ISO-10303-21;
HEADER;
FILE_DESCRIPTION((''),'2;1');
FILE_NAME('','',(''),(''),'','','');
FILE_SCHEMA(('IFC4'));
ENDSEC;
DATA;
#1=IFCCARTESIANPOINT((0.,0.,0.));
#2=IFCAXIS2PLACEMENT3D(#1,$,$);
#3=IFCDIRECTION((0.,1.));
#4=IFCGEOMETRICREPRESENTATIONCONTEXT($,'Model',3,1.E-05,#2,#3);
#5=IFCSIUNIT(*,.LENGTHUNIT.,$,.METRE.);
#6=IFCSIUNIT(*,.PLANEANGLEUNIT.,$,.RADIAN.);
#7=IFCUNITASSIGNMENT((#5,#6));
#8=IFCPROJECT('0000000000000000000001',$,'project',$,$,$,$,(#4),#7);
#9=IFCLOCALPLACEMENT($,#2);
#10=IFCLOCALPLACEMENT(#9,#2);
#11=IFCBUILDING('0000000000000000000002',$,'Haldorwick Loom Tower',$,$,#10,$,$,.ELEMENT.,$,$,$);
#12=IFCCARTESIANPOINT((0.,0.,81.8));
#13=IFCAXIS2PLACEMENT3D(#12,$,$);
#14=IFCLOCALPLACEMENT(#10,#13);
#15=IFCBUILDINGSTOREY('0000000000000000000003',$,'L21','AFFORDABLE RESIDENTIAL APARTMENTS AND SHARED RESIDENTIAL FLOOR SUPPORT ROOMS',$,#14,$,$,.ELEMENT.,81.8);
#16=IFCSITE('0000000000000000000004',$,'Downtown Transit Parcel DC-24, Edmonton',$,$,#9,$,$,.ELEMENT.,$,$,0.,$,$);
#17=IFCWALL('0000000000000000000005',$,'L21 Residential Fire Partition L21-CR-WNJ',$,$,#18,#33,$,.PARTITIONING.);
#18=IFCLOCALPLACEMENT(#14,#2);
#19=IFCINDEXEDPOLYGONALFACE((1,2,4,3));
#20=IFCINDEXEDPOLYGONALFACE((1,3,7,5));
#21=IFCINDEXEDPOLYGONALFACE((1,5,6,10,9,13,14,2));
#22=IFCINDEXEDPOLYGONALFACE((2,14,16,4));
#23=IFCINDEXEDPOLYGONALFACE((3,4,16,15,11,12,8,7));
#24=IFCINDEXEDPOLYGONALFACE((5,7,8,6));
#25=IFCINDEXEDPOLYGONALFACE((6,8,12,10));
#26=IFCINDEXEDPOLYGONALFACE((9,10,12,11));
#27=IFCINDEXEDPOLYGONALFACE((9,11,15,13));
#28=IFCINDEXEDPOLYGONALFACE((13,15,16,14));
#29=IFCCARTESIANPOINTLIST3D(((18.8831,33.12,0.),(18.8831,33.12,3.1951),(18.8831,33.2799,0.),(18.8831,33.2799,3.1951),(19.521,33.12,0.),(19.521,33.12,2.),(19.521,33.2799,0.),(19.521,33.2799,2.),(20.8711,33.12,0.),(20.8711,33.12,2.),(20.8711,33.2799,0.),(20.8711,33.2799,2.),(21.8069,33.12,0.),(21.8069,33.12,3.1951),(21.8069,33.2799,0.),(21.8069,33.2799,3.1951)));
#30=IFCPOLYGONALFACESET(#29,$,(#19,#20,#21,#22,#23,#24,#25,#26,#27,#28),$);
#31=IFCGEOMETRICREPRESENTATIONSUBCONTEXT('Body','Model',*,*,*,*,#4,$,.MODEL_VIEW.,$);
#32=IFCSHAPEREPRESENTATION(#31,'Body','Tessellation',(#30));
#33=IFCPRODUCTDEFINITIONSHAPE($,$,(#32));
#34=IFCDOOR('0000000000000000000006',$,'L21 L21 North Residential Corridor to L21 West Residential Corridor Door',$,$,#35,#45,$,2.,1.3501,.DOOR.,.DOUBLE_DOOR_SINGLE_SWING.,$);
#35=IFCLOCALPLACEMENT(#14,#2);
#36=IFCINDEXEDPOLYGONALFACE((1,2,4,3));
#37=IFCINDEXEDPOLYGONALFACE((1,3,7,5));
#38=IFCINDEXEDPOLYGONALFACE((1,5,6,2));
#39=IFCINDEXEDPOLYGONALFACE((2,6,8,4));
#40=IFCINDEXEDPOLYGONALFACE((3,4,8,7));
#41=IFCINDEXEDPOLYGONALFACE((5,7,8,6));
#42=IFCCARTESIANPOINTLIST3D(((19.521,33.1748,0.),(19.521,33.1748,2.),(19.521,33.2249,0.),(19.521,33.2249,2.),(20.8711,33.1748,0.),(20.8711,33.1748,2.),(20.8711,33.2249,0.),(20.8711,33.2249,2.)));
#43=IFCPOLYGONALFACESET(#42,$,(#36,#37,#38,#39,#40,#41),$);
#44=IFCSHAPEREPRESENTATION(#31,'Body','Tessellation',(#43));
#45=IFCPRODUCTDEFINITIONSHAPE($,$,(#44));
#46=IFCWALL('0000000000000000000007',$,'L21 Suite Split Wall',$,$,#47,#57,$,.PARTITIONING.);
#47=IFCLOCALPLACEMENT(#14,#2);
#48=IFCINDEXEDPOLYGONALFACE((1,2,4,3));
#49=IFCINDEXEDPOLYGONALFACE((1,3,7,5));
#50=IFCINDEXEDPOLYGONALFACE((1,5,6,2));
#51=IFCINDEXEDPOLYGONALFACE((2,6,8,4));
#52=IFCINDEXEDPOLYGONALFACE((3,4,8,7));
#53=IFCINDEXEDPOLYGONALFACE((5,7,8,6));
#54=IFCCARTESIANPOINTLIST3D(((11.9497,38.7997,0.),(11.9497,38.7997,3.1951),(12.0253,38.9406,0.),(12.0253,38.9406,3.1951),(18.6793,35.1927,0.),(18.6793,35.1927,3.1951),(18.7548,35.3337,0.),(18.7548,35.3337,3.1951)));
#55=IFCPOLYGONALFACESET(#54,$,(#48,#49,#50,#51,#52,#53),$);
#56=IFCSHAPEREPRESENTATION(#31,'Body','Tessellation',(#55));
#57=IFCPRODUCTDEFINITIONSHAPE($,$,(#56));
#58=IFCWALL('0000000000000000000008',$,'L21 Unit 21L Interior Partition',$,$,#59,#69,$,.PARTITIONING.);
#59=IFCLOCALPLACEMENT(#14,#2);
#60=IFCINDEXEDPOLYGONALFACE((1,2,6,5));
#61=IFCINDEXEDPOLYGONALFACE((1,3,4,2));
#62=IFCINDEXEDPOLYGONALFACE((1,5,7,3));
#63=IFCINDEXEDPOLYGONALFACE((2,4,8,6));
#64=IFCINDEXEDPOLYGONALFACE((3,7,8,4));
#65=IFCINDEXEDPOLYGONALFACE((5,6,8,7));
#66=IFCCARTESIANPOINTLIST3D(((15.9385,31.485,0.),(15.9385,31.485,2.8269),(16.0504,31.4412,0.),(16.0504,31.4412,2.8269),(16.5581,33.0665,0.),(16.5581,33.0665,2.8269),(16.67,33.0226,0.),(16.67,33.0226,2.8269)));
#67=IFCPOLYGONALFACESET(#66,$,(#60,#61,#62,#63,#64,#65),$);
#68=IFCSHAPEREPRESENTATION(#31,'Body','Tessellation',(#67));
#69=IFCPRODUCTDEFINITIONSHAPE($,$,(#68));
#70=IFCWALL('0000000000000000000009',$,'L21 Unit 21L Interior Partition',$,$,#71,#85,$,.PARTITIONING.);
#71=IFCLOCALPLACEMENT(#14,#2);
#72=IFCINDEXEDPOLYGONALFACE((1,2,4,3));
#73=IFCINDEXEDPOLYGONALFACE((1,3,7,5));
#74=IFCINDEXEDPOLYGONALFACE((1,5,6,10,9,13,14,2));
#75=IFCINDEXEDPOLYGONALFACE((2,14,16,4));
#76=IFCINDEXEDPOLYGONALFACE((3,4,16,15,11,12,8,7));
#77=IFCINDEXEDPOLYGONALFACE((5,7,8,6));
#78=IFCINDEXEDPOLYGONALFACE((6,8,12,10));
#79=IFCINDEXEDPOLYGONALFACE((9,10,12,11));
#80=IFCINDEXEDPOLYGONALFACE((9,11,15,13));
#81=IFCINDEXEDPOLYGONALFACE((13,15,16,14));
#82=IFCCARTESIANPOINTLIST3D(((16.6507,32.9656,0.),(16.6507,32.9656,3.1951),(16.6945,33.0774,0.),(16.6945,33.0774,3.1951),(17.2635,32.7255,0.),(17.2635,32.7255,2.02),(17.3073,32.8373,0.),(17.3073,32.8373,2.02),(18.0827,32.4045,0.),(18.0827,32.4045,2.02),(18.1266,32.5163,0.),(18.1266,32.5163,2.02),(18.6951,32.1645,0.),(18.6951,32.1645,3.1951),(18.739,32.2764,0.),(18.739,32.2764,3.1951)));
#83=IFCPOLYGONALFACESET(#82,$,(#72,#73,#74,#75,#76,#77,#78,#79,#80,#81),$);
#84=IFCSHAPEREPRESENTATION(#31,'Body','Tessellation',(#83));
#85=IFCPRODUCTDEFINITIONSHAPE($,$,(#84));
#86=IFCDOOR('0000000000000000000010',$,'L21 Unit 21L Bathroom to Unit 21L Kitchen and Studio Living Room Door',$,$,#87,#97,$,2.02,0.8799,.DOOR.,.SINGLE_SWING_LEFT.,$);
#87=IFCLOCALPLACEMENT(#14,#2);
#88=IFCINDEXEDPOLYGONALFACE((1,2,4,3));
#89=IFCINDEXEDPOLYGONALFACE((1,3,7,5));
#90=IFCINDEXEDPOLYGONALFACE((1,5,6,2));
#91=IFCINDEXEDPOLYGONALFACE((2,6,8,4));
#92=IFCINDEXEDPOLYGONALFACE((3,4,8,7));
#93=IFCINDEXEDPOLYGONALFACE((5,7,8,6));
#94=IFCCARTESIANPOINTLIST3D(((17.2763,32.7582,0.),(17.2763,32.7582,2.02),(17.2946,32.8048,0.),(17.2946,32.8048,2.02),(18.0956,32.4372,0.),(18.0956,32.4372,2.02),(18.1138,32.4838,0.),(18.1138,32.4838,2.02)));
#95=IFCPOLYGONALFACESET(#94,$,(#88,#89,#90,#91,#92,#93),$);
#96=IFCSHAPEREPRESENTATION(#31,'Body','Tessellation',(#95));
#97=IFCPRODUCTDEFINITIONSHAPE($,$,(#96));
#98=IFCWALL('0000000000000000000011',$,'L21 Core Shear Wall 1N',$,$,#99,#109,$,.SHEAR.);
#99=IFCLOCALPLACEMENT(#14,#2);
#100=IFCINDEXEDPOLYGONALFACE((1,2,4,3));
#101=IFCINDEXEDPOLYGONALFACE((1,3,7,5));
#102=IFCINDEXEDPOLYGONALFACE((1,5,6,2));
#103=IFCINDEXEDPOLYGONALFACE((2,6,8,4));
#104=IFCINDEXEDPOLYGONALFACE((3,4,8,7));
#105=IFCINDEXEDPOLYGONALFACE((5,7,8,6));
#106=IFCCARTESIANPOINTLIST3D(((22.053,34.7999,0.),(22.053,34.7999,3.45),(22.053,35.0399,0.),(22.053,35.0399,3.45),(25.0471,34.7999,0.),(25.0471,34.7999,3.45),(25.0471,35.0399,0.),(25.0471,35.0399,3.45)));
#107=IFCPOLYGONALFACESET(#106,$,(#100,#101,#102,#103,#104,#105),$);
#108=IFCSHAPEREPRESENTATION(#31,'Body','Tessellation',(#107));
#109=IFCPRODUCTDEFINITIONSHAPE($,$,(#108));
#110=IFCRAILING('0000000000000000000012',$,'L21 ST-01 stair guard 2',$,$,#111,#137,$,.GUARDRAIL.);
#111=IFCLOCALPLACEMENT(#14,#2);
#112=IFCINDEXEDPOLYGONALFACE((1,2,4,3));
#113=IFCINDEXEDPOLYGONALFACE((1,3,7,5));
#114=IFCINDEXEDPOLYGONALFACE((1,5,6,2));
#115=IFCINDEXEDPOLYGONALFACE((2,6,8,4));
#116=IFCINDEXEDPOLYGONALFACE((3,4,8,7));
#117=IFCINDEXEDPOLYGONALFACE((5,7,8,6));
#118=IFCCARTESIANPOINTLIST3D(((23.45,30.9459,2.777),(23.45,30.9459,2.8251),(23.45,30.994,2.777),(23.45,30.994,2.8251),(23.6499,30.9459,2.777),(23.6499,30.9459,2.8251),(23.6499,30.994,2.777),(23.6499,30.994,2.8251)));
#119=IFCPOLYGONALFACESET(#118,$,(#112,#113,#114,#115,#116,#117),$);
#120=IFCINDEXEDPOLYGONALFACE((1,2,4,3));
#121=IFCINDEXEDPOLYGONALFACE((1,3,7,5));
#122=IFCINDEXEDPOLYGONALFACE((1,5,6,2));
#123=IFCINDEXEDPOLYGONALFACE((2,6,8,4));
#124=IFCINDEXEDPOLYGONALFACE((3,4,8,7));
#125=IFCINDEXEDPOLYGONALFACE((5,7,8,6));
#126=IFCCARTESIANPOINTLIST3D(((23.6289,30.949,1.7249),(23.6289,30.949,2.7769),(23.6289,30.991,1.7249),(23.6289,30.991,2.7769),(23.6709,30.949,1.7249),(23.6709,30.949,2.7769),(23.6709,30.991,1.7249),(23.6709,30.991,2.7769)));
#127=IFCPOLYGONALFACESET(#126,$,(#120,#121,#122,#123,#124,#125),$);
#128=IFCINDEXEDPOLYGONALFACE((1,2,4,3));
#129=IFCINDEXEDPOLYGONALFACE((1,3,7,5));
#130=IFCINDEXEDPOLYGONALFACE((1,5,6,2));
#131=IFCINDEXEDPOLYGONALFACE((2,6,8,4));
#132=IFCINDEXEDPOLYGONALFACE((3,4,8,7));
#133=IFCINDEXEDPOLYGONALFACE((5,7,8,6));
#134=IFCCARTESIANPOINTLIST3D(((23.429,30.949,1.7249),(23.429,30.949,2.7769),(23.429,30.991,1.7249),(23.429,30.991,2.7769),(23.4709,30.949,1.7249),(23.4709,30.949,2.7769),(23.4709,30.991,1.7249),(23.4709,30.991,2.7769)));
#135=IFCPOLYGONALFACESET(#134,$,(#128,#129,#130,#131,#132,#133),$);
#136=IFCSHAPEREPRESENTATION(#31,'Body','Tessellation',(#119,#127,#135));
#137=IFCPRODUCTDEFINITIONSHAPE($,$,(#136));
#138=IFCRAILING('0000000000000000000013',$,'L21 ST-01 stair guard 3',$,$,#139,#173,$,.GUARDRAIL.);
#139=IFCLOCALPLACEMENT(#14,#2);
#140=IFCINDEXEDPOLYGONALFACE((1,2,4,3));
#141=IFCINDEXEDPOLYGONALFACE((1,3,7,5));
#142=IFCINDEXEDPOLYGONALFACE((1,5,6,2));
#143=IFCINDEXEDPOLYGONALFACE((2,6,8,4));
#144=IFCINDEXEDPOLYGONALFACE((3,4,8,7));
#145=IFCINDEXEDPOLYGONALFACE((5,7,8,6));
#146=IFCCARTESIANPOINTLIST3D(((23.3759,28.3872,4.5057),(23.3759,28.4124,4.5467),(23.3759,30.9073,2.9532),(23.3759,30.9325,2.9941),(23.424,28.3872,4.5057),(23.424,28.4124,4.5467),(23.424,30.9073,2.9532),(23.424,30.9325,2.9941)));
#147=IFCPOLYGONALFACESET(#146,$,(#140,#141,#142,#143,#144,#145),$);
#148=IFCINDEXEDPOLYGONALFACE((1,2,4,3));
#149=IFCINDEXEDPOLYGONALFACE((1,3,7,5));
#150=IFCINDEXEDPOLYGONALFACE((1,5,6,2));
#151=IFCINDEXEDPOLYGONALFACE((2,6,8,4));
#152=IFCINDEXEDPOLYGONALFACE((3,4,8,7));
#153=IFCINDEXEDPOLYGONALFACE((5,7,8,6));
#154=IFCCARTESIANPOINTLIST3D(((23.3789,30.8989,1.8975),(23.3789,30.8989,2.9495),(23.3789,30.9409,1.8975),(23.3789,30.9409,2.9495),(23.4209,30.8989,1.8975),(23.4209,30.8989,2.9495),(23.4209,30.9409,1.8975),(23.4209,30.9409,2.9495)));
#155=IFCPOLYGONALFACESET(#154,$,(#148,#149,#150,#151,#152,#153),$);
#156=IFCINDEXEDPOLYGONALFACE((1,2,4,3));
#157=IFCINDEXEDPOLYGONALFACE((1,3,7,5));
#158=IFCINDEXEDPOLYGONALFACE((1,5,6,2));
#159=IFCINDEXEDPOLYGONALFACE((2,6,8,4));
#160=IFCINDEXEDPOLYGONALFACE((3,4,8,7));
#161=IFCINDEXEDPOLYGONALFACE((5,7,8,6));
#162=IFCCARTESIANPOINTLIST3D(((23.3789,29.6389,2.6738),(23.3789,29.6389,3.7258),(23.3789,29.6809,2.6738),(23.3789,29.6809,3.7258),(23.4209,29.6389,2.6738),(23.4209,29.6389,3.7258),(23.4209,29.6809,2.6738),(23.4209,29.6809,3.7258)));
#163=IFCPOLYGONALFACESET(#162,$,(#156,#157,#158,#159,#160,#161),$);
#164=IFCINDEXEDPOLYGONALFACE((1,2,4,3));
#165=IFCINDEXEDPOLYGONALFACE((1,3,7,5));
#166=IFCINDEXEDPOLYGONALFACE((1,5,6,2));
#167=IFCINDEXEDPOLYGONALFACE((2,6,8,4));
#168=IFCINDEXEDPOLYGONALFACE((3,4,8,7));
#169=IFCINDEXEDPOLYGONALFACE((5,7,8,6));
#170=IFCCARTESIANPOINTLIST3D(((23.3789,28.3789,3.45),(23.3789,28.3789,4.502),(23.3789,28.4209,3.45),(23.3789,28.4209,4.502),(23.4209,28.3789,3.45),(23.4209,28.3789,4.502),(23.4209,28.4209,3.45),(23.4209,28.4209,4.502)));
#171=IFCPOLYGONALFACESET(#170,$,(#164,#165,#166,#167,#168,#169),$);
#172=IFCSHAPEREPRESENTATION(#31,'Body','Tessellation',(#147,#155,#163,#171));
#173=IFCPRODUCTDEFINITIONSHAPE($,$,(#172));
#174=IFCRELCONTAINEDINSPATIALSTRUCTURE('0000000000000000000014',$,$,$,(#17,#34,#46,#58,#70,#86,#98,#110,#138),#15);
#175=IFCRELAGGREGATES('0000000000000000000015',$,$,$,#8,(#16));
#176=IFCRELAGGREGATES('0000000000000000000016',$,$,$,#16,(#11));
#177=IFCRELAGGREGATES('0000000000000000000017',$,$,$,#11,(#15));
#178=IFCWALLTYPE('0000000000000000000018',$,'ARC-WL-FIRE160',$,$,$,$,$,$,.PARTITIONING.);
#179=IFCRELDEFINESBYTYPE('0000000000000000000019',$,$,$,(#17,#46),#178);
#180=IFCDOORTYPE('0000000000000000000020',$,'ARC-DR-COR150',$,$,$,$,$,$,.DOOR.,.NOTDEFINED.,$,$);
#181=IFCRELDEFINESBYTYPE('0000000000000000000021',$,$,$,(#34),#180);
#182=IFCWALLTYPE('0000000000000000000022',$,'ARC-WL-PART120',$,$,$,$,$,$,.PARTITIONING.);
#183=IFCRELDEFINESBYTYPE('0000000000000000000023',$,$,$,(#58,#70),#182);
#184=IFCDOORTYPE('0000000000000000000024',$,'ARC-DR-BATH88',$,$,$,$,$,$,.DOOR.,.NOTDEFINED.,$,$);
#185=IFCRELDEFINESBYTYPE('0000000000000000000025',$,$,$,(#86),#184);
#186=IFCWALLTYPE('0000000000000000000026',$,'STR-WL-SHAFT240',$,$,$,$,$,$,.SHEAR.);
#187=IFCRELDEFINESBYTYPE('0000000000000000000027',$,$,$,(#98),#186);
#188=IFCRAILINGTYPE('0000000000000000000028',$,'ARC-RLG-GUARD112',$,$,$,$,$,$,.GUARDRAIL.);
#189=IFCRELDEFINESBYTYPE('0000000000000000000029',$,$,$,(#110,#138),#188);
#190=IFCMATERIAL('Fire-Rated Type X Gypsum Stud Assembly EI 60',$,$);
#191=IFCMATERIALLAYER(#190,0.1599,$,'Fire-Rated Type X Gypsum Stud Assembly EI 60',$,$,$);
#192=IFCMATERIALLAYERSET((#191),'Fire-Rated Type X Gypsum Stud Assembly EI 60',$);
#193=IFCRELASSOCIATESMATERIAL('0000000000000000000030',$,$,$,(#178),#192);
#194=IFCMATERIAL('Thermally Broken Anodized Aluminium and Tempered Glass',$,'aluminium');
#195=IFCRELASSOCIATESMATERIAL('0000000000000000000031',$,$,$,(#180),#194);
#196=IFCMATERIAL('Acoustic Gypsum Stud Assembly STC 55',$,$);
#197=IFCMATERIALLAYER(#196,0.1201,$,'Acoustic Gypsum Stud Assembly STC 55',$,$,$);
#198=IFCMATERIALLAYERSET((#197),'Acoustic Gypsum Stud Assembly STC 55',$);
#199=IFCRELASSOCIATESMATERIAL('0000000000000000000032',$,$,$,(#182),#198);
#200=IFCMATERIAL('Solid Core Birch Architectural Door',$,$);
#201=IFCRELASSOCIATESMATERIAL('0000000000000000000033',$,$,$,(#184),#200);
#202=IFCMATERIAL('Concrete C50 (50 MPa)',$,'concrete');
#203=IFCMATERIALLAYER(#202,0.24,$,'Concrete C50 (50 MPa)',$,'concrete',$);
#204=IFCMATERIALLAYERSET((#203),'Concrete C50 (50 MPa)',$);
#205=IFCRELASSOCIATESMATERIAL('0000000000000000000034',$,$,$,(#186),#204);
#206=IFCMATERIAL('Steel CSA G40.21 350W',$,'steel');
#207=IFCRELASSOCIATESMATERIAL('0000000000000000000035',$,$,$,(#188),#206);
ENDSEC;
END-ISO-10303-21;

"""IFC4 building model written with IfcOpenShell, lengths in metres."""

from ifc_helpers import new_model, si_unit, direction, frame, frame_2d, origin, origin_2d, place, context, subcontext, project, spatial, rectangle, extrude, material, layer, layer_set, type_object, element, fill, save


model = new_model("IFC4")

# Units and contexts
model_context = context("Model", 3, precision=1e-05, world=origin(), true_north=direction((0.0, 1.0)))
body_context = subcontext(model_context, "Body", "Model", "MODEL_VIEW")
ifc_project = project(units=[si_unit("LENGTHUNIT", "METRE"), si_unit("PLANEANGLEUNIT", "RADIAN")], contexts=[model_context])

# Site, building, storey
site_placement = place(None, origin())
site = spatial("IfcSite", under=ifc_project, at=site_placement, Name="Downtown Transit Parcel DC-24, Edmonton", CompositionType="ELEMENT", RefElevation=0.0)
building_placement = place(site_placement, origin())
building = spatial("IfcBuilding", under=site, at=building_placement, Name="Haldorwick Loom Tower", CompositionType="ELEMENT")
storey_placement = place(building_placement, frame((0.0, 0.0, 81.8)))
storey = spatial("IfcBuildingStorey", under=building, at=storey_placement, Name="L21", Description="AFFORDABLE RESIDENTIAL APARTMENTS AND SHARED RESIDENTIAL FLOOR SUPPORT ROOMS", CompositionType="ELEMENT", Elevation=81.8)

# Shared definitions
ifc_material_1 = material(Name="Steel CSA G40.21 350W", Category="steel")

# Wall, opening, door
ifc_material_2 = material(Name="Fire-Rated Type X Gypsum Stud Assembly EI 60")
ifc_layer_1 = layer(ifc_material_2, 0.1599, Name="Fire-Rated Type X Gypsum Stud Assembly EI 60")
ifc_layer_set_1 = layer_set([ifc_layer_1], Name="Fire-Rated Type X Gypsum Stud Assembly EI 60")
wall_type_1 = type_object("IfcWallType", Name="ARC-WL-FIRE160", PredefinedType="PARTITIONING", material=ifc_layer_set_1)
wall_1_placement = place(storey_placement, frame((18.8831, 33.2, 0.0), z_axis=(0.0, 0.0, 1.0), x_axis=(1.0, 0.0, 0.0)))
wall_1 = element("IfcWall", 1, at=wall_1_placement, inside=storey, type_object=wall_type_1, Name="L21 Residential Fire Partition L21-CR-WNJ", PredefinedType="PARTITIONING", context=body_context, shape_type="SweptSolid", body=[
    extrude(rectangle(XDim=2.9238, YDim=0.1599, at=frame_2d((1.4619, 0.0))), origin(), (0.0, 0.0, 1.0), 3.1951),
])
opening_1_placement = place(wall_1_placement, frame((0.6379, 0.0, 0.0)))
opening_1 = element("IfcOpeningElement", 2, at=opening_1_placement, cuts=wall_1, PredefinedType="OPENING", context=body_context, shape_type="SweptSolid", body=[
    extrude(rectangle(XDim=1.3501, YDim=2.0, at=frame_2d((0.675, 1.0))), frame((0.0, 0.0898, 0.0), z_axis=(0.0, -1.0, 0.0), x_axis=(1.0, 0.0, 0.0)), (0.0, 0.0, 1.0), 0.1799),
])
ifc_material_3 = material(Name="Thermally Broken Anodized Aluminium and Tempered Glass", Category="aluminium")
door_type_1 = type_object("IfcDoorType", Name="ARC-DR-COR150", OperationType="NOTDEFINED", PredefinedType="DOOR", material=ifc_material_3)
door_1_placement = place(opening_1_placement, origin())
door_1 = element("IfcDoor", 3, at=door_1_placement, inside=storey, type_object=door_type_1, Name="L21 L21 North Residential Corridor to L21 West Residential Corridor Door", OperationType="DOUBLE_DOOR_SINGLE_SWING", OverallHeight=2.0, OverallWidth=1.3501, PredefinedType="DOOR", context=body_context, shape_type="SweptSolid", body=[
    extrude(rectangle(XDim=1.3501, YDim=2.0, at=frame_2d((0.675, 1.0))), frame((0.0, 0.0249, 0.0), z_axis=(0.0, -1.0, 0.0), x_axis=(1.0, 0.0, 0.0)), (0.0, 0.0, 1.0), 0.05),
])
fill(opening_1, door_1)

# Walls
wall_2_placement = place(storey_placement, frame((18.717, 35.2632, 0.0), z_axis=(0.0, 0.0, 1.0), x_axis=(-0.881379, 0.47241, 0.0)))
element("IfcWall", 4, at=wall_2_placement, inside=storey, type_object=wall_type_1, Name="L21 Suite Split Wall", PredefinedType="PARTITIONING", context=body_context, shape_type="SweptSolid", body=[
    extrude(rectangle(XDim=7.6353, YDim=0.1599, at=frame_2d((3.8176, 0.0))), origin(), (0.0, 0.0, 1.0), 3.1951),
])
ifc_material_4 = material(Name="Acoustic Gypsum Stud Assembly STC 55")
ifc_layer_2 = layer(ifc_material_4, 0.1201, Name="Acoustic Gypsum Stud Assembly STC 55")
ifc_layer_set_2 = layer_set([ifc_layer_2], Name="Acoustic Gypsum Stud Assembly STC 55")
wall_type_2 = type_object("IfcWallType", Name="ARC-WL-PART120", PredefinedType="PARTITIONING", material=ifc_layer_set_2)
wall_3_placement = place(storey_placement, frame((16.614, 33.0444, 0.0), z_axis=(0.0, 0.0, 1.0), x_axis=(-0.36479, -0.93109, 0.0)))
element("IfcWall", 5, at=wall_3_placement, inside=storey, type_object=wall_type_2, Name="L21 Unit 21L Interior Partition", PredefinedType="PARTITIONING", context=body_context, shape_type="SweptSolid", body=[
    extrude(rectangle(XDim=1.6985, YDim=0.1201, at=frame_2d((0.8491, 0.0))), origin(), (0.0, 0.0, 1.0), 2.8269),
])

# Wall, opening, door
wall_4_placement = place(storey_placement, frame((18.717, 32.2205, 0.0), z_axis=(0.0, 0.0, 1.0), x_axis=(-0.931084, 0.364806, 0.0)))
wall_4 = element("IfcWall", 6, at=wall_4_placement, inside=storey, type_object=wall_type_2, Name="L21 Unit 21L Interior Partition", PredefinedType="PARTITIONING", context=body_context, shape_type="SweptSolid", body=[
    extrude(rectangle(XDim=2.1958, YDim=0.1201, at=frame_2d((1.0979, 0.0))), origin(), (0.0, 0.0, 1.0), 3.1951),
])
opening_2_placement = place(wall_4_placement, frame((0.6577, 0.0, 0.0)))
opening_2 = element("IfcOpeningElement", 7, at=opening_2_placement, cuts=wall_4, PredefinedType="OPENING", context=body_context, shape_type="SweptSolid", body=[
    extrude(rectangle(XDim=0.8799, YDim=2.02, at=frame_2d((0.4399, 1.01))), frame((0.0, 0.0701, 0.0), z_axis=(0.0, -1.0, 0.0), x_axis=(1.0, 0.0, 0.0)), (0.0, 0.0, 1.0), 0.1401),
])
ifc_material_5 = material(Name="Solid Core Birch Architectural Door")
door_type_2 = type_object("IfcDoorType", Name="ARC-DR-BATH88", OperationType="NOTDEFINED", PredefinedType="DOOR", material=ifc_material_5)
door_2_placement = place(opening_2_placement, origin())
door_2 = element("IfcDoor", 8, at=door_2_placement, inside=storey, type_object=door_type_2, Name="L21 Unit 21L Bathroom to Unit 21L Kitchen and Studio Living Room Door", OperationType="SINGLE_SWING_LEFT", OverallHeight=2.02, OverallWidth=0.8799, PredefinedType="DOOR", context=body_context, shape_type="SweptSolid", body=[
    extrude(rectangle(XDim=0.8799, YDim=2.02, at=frame_2d((0.4399, 1.01))), frame((0.0, 0.0249, 0.0), z_axis=(0.0, -1.0, 0.0), x_axis=(1.0, 0.0, 0.0)), (0.0, 0.0, 1.0), 0.05),
])
fill(opening_2, door_2)

# Wall
ifc_material_6 = material(Name="Concrete C50 (50 MPa)", Category="concrete")
ifc_layer_3 = layer(ifc_material_6, 0.24, Name="Concrete C50 (50 MPa)", Category="concrete")
ifc_layer_set_3 = layer_set([ifc_layer_3], Name="Concrete C50 (50 MPa)")
wall_type_3 = type_object("IfcWallType", Name="STR-WL-SHAFT240", PredefinedType="SHEAR", material=ifc_layer_set_3)
wall_5_placement = place(storey_placement, frame((22.053, 34.9199, 0.0), z_axis=(0.0, 0.0, 1.0), x_axis=(1.0, 0.0, 0.0)))
element("IfcWall", 9, at=wall_5_placement, inside=storey, type_object=wall_type_3, Name="L21 Core Shear Wall 1N", PredefinedType="SHEAR", context=body_context, shape_type="SweptSolid", body=[
    extrude(rectangle(XDim=2.9941, YDim=0.24, at=frame_2d((1.4971, 0.0))), origin(), (0.0, 0.0, 1.0), 3.45),
])

# Railings
railing_type = type_object("IfcRailingType", Name="ARC-RLG-GUARD112", PredefinedType="GUARDRAIL", material=ifc_material_1)
railing_1_placement = place(storey_placement, frame((23.6499, 30.97, 1.7249)))
element("IfcRailing", 10, at=railing_1_placement, inside=storey, type_object=railing_type, Name="L21 ST-01 stair guard 2", PredefinedType="GUARDRAIL", context=body_context, shape_type="SweptSolid", body=[
    extrude(rectangle(XDim=0.0481, YDim=0.0481, at=origin_2d()), frame((0.0, 0.0, 1.0762), z_axis=(-1.0, 0.0, 0.0), x_axis=(0.0, -1.0, 0.0)), (0.0, 0.0, 1.0), 0.2),
    extrude(rectangle(XDim=0.042, YDim=0.042, at=origin_2d()), origin(), (0.0, 0.0, 1.0), 1.052),
    extrude(rectangle(XDim=0.042, YDim=0.042, at=origin_2d()), frame((-0.2, 0.0, 0.0)), (0.0, 0.0, 1.0), 1.052),
])
railing_2_placement = place(storey_placement, frame((23.3999, 30.9199, 1.8975)))
element("IfcRailing", 11, at=railing_2_placement, inside=storey, type_object=railing_type, Name="L21 ST-01 stair guard 3", PredefinedType="GUARDRAIL", context=body_context, shape_type="SweptSolid", body=[
    extrude(rectangle(XDim=0.0481, YDim=0.0481, at=origin_2d()), frame((0.0, 0.0, 1.0762), z_axis=(0.0, -0.8514, 0.524516), x_axis=(1.0, 0.0, 0.0)), (0.0, 0.0, 1.0), 2.96),
    extrude(rectangle(XDim=0.042, YDim=0.042, at=origin_2d()), origin(), (0.0, 0.0, 1.0), 1.052),
    extrude(rectangle(XDim=0.042, YDim=0.042, at=origin_2d()), frame((0.0, -1.26, 0.7764)), (0.0, 0.0, 1.0), 1.052),
    extrude(rectangle(XDim=0.042, YDim=0.042, at=origin_2d()), frame((0.0, -2.52, 1.5525)), (0.0, 0.0, 1.0), 1.052),
])

save(model, "model.ifc")
